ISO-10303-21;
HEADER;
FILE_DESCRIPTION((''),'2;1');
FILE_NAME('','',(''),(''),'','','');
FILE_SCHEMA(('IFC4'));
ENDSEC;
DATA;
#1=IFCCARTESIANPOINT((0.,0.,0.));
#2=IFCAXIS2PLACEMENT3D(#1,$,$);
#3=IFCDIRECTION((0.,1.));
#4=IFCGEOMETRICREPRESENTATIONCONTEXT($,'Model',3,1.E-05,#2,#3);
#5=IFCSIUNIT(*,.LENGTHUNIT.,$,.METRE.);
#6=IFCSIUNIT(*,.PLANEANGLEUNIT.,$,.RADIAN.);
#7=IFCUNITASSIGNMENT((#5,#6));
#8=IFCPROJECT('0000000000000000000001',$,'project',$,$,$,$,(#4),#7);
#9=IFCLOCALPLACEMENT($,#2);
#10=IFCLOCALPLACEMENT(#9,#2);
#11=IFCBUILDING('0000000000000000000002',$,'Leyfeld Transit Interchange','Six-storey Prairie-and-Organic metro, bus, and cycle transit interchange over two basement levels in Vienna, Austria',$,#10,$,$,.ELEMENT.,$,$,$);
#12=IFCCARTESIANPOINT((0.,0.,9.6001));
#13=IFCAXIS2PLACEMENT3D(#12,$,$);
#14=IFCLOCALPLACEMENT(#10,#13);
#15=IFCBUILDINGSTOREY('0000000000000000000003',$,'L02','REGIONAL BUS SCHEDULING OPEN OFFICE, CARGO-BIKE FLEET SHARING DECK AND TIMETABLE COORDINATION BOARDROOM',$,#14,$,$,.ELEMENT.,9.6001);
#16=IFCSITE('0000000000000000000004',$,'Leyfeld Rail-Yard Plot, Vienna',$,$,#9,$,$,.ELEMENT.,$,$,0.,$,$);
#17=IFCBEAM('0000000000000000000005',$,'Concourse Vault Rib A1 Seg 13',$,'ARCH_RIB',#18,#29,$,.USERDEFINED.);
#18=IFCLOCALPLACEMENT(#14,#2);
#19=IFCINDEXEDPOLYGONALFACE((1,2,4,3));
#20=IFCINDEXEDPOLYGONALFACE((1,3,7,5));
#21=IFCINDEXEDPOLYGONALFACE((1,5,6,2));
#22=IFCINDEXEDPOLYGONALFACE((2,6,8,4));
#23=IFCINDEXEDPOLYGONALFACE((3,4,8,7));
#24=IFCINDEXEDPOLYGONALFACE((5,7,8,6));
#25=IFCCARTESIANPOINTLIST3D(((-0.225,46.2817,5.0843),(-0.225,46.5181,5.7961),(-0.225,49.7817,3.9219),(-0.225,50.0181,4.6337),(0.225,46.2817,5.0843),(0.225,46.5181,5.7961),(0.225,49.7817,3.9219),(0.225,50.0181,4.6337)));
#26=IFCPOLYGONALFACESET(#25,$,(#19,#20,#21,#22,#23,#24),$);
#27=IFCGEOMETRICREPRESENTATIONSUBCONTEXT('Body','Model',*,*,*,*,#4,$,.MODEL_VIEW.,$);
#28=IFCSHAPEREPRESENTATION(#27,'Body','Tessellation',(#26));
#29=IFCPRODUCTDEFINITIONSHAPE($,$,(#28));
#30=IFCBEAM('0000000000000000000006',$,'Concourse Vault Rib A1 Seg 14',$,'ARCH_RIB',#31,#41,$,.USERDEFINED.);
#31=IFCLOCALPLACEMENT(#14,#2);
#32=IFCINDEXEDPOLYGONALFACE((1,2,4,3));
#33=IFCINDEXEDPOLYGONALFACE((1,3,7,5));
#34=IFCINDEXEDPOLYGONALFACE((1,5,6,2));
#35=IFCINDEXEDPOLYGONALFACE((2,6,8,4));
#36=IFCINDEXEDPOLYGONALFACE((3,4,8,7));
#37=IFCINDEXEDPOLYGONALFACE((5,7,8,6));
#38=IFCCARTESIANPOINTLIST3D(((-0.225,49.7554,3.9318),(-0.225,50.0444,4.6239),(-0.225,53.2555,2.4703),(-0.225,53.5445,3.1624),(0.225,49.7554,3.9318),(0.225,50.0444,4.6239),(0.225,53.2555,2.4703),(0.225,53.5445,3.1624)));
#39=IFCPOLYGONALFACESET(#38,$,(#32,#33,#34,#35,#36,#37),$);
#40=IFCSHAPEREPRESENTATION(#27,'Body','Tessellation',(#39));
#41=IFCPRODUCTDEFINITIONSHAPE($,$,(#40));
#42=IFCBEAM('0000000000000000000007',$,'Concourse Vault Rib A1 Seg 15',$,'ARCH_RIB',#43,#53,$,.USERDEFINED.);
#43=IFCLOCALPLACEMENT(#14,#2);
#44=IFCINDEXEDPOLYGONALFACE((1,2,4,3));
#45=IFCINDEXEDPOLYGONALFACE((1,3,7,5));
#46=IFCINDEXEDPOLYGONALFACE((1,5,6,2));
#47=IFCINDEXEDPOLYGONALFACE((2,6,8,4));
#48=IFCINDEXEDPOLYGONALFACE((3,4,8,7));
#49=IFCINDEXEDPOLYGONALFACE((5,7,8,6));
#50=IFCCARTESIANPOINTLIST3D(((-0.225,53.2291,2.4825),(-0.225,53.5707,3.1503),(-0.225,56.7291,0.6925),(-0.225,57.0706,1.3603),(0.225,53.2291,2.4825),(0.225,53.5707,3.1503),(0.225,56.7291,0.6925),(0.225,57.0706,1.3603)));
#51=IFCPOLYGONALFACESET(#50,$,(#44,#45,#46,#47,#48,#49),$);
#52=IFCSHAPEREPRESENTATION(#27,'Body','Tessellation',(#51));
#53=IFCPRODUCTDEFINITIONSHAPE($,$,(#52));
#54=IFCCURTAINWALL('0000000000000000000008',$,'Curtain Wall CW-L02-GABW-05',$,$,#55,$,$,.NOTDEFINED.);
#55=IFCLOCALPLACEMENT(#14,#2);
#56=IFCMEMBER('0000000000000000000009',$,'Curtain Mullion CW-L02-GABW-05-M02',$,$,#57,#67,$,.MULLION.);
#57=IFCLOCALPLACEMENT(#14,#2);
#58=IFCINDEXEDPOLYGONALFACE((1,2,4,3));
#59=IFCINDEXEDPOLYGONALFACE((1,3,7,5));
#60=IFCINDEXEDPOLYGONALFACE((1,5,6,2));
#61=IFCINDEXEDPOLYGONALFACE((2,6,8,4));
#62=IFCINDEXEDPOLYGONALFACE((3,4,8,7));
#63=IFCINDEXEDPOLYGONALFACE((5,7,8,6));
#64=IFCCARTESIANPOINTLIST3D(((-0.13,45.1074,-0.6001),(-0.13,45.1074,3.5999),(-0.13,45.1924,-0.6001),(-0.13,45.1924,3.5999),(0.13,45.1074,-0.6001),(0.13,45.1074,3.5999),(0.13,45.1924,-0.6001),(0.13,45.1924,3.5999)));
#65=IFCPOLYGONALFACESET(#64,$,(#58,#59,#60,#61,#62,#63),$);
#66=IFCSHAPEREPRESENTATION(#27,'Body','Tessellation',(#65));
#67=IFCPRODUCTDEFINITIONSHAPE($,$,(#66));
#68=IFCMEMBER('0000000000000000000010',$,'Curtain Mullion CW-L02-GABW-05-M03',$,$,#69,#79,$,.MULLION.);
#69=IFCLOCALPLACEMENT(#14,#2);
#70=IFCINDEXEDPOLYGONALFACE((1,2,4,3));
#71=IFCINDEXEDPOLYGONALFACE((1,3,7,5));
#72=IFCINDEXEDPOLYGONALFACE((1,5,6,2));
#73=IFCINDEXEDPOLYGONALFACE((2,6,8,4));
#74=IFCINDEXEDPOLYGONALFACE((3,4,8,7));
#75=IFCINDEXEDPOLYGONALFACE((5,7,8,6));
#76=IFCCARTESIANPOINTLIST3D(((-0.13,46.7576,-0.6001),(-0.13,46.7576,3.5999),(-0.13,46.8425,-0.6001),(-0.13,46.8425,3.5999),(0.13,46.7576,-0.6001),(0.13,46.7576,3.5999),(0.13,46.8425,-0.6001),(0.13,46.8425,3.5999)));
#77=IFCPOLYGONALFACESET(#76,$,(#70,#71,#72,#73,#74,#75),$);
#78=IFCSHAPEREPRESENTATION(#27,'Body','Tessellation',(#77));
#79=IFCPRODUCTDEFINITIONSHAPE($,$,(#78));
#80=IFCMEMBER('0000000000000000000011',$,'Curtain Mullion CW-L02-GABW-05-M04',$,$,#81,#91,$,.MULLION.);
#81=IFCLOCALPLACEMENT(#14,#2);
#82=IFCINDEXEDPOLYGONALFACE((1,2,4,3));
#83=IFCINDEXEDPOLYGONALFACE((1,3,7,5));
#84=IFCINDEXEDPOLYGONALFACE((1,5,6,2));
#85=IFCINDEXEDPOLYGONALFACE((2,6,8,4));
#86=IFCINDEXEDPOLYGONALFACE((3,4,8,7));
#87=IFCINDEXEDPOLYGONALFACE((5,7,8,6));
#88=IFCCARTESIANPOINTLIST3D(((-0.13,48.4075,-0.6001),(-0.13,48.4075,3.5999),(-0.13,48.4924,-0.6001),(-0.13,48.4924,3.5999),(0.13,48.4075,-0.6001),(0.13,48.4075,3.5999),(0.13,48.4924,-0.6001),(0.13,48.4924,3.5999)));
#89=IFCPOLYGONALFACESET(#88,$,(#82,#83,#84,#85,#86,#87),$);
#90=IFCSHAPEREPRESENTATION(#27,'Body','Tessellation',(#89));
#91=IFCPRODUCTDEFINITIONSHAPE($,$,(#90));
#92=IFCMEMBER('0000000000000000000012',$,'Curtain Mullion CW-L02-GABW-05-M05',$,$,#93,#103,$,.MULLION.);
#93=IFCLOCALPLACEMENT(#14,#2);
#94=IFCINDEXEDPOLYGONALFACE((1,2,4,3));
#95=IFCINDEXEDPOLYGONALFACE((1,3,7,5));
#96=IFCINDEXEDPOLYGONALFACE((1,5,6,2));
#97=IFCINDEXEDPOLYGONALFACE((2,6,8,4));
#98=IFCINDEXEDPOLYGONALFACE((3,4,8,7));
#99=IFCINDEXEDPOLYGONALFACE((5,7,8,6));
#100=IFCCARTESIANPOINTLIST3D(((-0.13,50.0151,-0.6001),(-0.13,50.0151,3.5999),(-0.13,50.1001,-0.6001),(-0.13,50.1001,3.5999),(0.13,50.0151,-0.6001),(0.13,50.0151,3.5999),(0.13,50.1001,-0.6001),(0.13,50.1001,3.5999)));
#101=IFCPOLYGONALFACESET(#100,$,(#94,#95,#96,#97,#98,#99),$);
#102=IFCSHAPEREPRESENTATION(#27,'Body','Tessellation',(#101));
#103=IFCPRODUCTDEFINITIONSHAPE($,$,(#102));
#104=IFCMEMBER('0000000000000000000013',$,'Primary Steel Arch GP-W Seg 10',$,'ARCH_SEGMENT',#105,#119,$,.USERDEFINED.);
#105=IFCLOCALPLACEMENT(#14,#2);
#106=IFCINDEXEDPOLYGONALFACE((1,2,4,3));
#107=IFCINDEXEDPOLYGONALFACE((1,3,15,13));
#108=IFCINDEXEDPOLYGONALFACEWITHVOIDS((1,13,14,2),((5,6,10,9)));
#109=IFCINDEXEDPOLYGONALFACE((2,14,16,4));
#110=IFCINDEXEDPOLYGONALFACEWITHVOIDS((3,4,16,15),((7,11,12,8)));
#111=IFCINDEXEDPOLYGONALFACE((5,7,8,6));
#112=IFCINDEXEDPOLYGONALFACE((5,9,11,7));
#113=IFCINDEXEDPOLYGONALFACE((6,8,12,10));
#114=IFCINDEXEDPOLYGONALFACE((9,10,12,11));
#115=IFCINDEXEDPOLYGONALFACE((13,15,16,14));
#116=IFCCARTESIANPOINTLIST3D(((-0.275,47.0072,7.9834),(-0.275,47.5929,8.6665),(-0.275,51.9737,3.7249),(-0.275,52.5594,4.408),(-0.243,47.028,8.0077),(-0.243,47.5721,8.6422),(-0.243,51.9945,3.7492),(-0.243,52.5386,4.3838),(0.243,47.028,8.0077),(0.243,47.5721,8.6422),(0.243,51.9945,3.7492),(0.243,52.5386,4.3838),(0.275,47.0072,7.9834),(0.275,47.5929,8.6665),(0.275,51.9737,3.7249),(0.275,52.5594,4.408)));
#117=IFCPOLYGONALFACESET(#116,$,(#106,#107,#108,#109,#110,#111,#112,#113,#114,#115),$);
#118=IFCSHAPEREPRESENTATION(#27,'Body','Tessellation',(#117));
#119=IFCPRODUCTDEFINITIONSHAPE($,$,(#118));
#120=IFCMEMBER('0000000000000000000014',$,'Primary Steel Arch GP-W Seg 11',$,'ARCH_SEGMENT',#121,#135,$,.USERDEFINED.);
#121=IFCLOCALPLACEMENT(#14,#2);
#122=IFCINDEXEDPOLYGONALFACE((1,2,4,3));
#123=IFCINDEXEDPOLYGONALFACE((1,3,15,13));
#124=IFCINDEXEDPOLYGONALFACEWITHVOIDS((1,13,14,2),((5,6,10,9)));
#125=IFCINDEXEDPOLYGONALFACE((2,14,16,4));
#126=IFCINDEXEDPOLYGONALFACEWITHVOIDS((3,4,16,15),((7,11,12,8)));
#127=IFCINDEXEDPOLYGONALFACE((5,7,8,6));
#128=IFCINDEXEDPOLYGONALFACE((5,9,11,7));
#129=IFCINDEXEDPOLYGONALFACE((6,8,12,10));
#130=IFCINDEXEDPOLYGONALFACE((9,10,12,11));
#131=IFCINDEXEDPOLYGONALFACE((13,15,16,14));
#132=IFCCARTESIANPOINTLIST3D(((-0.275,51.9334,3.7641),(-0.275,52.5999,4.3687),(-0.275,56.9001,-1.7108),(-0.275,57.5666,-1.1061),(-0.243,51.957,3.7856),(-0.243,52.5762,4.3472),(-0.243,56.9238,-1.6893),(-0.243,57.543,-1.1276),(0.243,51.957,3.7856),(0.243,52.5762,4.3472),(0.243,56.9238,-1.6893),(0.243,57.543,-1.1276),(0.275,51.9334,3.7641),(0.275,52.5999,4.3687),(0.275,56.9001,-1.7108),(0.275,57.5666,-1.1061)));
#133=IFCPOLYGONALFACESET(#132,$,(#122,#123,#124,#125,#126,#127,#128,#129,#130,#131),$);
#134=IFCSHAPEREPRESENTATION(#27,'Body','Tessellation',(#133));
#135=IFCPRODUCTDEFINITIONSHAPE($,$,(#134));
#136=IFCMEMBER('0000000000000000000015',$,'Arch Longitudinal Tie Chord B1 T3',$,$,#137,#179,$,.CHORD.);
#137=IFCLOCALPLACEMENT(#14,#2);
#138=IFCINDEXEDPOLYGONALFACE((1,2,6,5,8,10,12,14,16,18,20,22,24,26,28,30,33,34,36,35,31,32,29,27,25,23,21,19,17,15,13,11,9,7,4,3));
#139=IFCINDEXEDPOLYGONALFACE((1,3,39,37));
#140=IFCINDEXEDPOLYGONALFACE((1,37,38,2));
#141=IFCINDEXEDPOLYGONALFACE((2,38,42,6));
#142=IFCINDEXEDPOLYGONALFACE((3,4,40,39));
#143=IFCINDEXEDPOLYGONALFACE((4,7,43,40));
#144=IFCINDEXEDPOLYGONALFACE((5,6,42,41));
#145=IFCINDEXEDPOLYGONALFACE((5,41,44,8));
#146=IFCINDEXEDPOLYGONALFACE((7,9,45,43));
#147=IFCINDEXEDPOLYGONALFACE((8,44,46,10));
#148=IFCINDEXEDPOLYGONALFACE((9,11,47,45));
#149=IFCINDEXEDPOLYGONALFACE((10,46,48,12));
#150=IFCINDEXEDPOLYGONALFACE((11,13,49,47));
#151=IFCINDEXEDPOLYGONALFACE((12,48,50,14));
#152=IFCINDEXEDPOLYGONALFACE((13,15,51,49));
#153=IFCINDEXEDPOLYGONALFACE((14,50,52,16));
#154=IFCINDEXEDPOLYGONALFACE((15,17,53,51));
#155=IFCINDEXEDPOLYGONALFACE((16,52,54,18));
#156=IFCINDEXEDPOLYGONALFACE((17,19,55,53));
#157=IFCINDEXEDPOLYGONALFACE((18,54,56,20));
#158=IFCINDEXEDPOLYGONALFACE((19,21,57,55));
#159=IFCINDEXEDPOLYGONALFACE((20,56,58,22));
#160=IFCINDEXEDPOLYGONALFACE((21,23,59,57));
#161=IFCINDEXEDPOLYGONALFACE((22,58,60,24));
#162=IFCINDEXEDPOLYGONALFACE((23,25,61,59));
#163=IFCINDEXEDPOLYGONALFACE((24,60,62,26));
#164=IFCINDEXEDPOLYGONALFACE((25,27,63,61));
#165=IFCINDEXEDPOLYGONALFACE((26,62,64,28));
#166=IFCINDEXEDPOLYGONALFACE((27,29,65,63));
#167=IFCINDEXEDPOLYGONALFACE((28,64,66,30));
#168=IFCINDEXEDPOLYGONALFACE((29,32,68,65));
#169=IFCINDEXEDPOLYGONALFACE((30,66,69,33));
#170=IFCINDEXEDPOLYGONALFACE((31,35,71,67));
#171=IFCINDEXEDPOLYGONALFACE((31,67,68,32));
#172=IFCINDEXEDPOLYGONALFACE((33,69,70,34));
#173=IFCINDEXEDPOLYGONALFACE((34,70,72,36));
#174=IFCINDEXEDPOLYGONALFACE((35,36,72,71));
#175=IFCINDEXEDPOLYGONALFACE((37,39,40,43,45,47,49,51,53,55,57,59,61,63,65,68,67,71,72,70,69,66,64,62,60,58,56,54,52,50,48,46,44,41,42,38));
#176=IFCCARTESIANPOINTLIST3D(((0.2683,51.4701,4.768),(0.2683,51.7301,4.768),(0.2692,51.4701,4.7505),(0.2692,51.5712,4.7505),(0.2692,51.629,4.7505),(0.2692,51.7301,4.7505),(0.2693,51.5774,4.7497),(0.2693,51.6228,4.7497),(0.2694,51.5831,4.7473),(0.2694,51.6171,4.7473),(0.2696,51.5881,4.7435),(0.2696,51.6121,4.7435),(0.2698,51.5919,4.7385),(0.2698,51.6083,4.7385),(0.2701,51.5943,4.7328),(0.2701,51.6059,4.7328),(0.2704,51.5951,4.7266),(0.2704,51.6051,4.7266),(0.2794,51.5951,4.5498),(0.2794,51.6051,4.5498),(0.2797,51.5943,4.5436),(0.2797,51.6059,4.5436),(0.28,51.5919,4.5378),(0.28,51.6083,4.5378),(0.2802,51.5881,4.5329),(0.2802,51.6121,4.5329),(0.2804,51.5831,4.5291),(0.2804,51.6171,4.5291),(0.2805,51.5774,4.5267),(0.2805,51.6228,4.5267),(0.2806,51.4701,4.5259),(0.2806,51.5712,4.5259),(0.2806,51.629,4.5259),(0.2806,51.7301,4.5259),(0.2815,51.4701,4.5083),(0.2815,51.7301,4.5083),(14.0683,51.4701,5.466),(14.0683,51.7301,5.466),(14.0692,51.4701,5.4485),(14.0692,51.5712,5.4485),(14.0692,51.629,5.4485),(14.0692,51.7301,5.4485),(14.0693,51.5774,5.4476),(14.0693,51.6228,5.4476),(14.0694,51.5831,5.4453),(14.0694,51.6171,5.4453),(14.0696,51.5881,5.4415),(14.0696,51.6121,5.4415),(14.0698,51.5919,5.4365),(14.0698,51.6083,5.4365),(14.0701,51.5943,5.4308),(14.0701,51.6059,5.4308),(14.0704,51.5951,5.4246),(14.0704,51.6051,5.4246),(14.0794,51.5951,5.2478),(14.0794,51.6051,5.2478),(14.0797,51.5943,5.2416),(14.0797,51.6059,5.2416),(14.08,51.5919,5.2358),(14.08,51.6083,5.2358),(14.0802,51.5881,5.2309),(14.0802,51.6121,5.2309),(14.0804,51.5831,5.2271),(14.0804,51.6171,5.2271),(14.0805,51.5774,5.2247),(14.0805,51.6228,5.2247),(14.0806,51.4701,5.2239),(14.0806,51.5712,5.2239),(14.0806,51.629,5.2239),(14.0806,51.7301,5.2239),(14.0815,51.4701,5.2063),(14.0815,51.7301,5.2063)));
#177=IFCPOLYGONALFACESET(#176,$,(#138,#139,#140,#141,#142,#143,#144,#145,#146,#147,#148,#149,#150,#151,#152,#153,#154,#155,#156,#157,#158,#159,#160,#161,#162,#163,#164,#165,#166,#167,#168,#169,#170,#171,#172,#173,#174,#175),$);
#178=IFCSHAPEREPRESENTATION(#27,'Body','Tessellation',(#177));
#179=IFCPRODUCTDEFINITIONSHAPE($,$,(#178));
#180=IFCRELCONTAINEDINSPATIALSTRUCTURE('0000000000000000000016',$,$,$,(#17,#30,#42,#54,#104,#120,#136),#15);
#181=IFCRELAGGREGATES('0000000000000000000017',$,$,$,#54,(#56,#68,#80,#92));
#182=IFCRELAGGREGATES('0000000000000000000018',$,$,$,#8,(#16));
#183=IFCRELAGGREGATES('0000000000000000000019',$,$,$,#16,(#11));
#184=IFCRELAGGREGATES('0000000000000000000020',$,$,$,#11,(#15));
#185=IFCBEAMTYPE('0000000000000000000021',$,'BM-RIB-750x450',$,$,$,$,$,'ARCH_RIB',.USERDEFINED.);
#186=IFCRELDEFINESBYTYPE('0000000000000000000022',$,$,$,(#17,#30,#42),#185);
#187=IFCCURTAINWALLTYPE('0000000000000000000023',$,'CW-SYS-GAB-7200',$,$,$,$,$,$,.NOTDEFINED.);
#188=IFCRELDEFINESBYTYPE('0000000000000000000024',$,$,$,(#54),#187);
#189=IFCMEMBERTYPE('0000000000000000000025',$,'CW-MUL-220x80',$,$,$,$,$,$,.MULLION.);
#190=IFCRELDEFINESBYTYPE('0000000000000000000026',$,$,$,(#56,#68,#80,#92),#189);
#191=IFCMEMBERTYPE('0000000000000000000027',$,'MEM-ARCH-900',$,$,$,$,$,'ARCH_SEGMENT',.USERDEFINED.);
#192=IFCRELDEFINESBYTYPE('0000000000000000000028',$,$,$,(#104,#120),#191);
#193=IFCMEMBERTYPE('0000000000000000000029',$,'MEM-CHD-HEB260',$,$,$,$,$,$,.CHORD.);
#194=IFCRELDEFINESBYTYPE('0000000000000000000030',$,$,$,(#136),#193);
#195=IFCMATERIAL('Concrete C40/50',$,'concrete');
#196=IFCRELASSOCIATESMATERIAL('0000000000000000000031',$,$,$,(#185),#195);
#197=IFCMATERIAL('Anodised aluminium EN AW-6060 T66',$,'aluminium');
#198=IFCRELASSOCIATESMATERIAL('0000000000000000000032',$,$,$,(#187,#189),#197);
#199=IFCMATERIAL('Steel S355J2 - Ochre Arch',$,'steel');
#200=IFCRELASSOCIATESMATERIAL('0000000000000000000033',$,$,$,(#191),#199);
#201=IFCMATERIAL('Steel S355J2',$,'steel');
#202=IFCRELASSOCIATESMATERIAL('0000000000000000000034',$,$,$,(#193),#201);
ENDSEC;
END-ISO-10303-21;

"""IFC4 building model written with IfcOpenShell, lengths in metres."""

from ifc_helpers import new_model, si_unit, direction, frame, origin, origin_2d, place, context, subcontext, project, spatial, rectangle, hollow_rectangle, i_section, extrude, material, material_profile, profile_set, type_object, element, aggregate, save


model = new_model("IFC4")

# Units and contexts
model_context = context("Model", 3, precision=1e-05, world=origin(), true_north=direction((0.0, 1.0)))
body_context = subcontext(model_context, "Body", "Model", "MODEL_VIEW")
ifc_project = project(units=[si_unit("LENGTHUNIT", "METRE"), si_unit("PLANEANGLEUNIT", "RADIAN")], contexts=[model_context])

# Site, building, storey
site_placement = place(None, origin())
site = spatial("IfcSite", under=ifc_project, at=site_placement, Name="Leyfeld Rail-Yard Plot, Vienna", CompositionType="ELEMENT", RefElevation=0.0)
building_placement = place(site_placement, origin())
building = spatial("IfcBuilding", under=site, at=building_placement, Name="Leyfeld Transit Interchange", Description="Six-storey Prairie-and-Organic metro, bus, and cycle transit interchange over two basement levels in Vienna, Austria", CompositionType="ELEMENT")
storey_placement = place(building_placement, frame((0.0, 0.0, 9.6001)))
storey = spatial("IfcBuildingStorey", under=building, at=storey_placement, Name="L02", Description="REGIONAL BUS SCHEDULING OPEN OFFICE, CARGO-BIKE FLEET SHARING DECK AND TIMETABLE COORDINATION BOARDROOM", CompositionType="ELEMENT", Elevation=9.6001)

# Beams
ifc_material_1 = material(Name="Concrete C40/50", Category="concrete")
ifc_material_profile_1 = material_profile(ifc_material_1, rectangle(XDim=0.45, YDim=0.75, at=origin_2d()), Name="RC 750x450 RIB")
ifc_profile_set_1 = profile_set([ifc_material_profile_1], Name="Concrete C40/50")
beam_type = type_object("IfcBeamType", Name="BM-RIB-750x450", ElementType="ARCH_RIB", PredefinedType="USERDEFINED", material=ifc_profile_set_1)
beam_1_placement = place(storey_placement, frame((0.0, 46.3999, 5.4402), z_axis=(0.0, 0.949034, -0.315175), x_axis=(-1.0, 0.0, 0.0)))
element("IfcBeam", 1, at=beam_1_placement, inside=storey, type_object=beam_type, Name="Concourse Vault Rib A1 Seg 13", ObjectType="ARCH_RIB", PredefinedType="USERDEFINED", context=body_context, shape_type="SweptSolid", body=[
    extrude(rectangle(XDim=0.45, YDim=0.75, at=origin_2d()), origin(), (0.0, 0.0, 1.0), 3.688),
])
beam_2_placement = place(storey_placement, frame((0.0, 49.8999, 4.2778), z_axis=(0.0, 0.922787, -0.38531), x_axis=(-1.0, 0.0, 0.0)))
element("IfcBeam", 2, at=beam_2_placement, inside=storey, type_object=beam_type, Name="Concourse Vault Rib A1 Seg 14", ObjectType="ARCH_RIB", PredefinedType="USERDEFINED", context=body_context, shape_type="SweptSolid", body=[
    extrude(rectangle(XDim=0.45, YDim=0.75, at=origin_2d()), origin(), (0.0, 0.0, 1.0), 3.793),
])
beam_3_placement = place(storey_placement, frame((0.0, 53.3999, 2.8164), z_axis=(0.0, 0.890316, -0.455343), x_axis=(-1.0, 0.0, 0.0)))
element("IfcBeam", 3, at=beam_3_placement, inside=storey, type_object=beam_type, Name="Concourse Vault Rib A1 Seg 15", ObjectType="ARCH_RIB", PredefinedType="USERDEFINED", context=body_context, shape_type="SweptSolid", body=[
    extrude(rectangle(XDim=0.45, YDim=0.75, at=origin_2d()), origin(), (0.0, 0.0, 1.0), 3.9312),
])

# Curtain wall, members
ifc_material_2 = material(Name="Anodised aluminium EN AW-6060 T66", Category="aluminium")
curtain_wall_type = type_object("IfcCurtainWallType", Name="CW-SYS-GAB-7200", PredefinedType="NOTDEFINED", material=ifc_material_2)
curtain_wall_placement = place(storey_placement, origin())
curtain_wall = element("IfcCurtainWall", 4, at=curtain_wall_placement, inside=storey, type_object=curtain_wall_type, Name="Curtain Wall CW-L02-GABW-05", PredefinedType="NOTDEFINED")
ifc_material_profile_2 = material_profile(ifc_material_2, rectangle(XDim=0.085, YDim=0.26, at=origin_2d()), Name="CW-M 85x260")
ifc_profile_set_2 = profile_set([ifc_material_profile_2], Name="Anodised aluminium EN AW-6060 T66")
member_type_1 = type_object("IfcMemberType", Name="CW-MUL-220x80", PredefinedType="MULLION", material=ifc_profile_set_2)
member_1_placement = place(storey_placement, frame((0.0, 45.1499, -0.6001), z_axis=(0.0, 0.0, 1.0), x_axis=(0.0, 1.0, 0.0)))
member_1 = element("IfcMember", 5, at=member_1_placement, type_object=member_type_1, Name="Curtain Mullion CW-L02-GABW-05-M02", PredefinedType="MULLION", context=body_context, shape_type="SweptSolid", body=[
    extrude(rectangle(XDim=0.085, YDim=0.26, at=origin_2d()), origin(), (0.0, 0.0, 1.0), 4.2),
])
member_2_placement = place(storey_placement, frame((0.0, 46.8, -0.6001), z_axis=(0.0, 0.0, 1.0), x_axis=(0.0, 1.0, 0.0)))
member_2 = element("IfcMember", 6, at=member_2_placement, type_object=member_type_1, Name="Curtain Mullion CW-L02-GABW-05-M03", PredefinedType="MULLION", context=body_context, shape_type="SweptSolid", body=[
    extrude(rectangle(XDim=0.085, YDim=0.26, at=origin_2d()), origin(), (0.0, 0.0, 1.0), 4.2),
])
member_3_placement = place(storey_placement, frame((0.0, 48.45, -0.6001), z_axis=(0.0, 0.0, 1.0), x_axis=(0.0, 1.0, 0.0)))
member_3 = element("IfcMember", 7, at=member_3_placement, type_object=member_type_1, Name="Curtain Mullion CW-L02-GABW-05-M04", PredefinedType="MULLION", context=body_context, shape_type="SweptSolid", body=[
    extrude(rectangle(XDim=0.085, YDim=0.26, at=origin_2d()), origin(), (0.0, 0.0, 1.0), 4.2),
])
member_4_placement = place(storey_placement, frame((0.0, 50.0576, -0.6001), z_axis=(0.0, 0.0, 1.0), x_axis=(0.0, 1.0, 0.0)))
member_4 = element("IfcMember", 8, at=member_4_placement, type_object=member_type_1, Name="Curtain Mullion CW-L02-GABW-05-M05", PredefinedType="MULLION", context=body_context, shape_type="SweptSolid", body=[
    extrude(rectangle(XDim=0.085, YDim=0.26, at=origin_2d()), origin(), (0.0, 0.0, 1.0), 4.2),
])

# Members
ifc_material_3 = material(Name="Steel S355J2 - Ochre Arch", Category="steel")
ifc_material_profile_3 = material_profile(ifc_material_3, hollow_rectangle(XDim=0.55, YDim=0.8999, WallThickness=0.032, at=origin_2d()), Name="RHS 900x550x32")
ifc_profile_set_3 = profile_set([ifc_material_profile_3], Name="Steel S355J2 - Ochre Arch")
member_type_2 = type_object("IfcMemberType", Name="MEM-ARCH-900", ElementType="ARCH_SEGMENT", PredefinedType="USERDEFINED", material=ifc_profile_set_3)
member_5_placement = place(storey_placement, frame((0.0, 47.3, 8.325), z_axis=(0.0, 0.759143, -0.650924), x_axis=(-1.0, 0.0, 0.0)))
element("IfcMember", 9, at=member_5_placement, inside=storey, type_object=member_type_2, Name="Primary Steel Arch GP-W Seg 10", ObjectType="ARCH_SEGMENT", PredefinedType="USERDEFINED", context=body_context, shape_type="SweptSolid", body=[
    extrude(hollow_rectangle(XDim=0.55, YDim=0.8999, WallThickness=0.032, at=origin_2d()), origin(), (0.0, 0.0, 1.0), 6.5422),
])
member_6_placement = place(storey_placement, frame((0.0, 52.2666, 4.0664), z_axis=(0.0, 0.671906, -0.740636), x_axis=(-1.0, 0.0, 0.0)))
element("IfcMember", 10, at=member_6_placement, inside=storey, type_object=member_type_2, Name="Primary Steel Arch GP-W Seg 11", ObjectType="ARCH_SEGMENT", PredefinedType="USERDEFINED", context=body_context, shape_type="SweptSolid", body=[
    extrude(hollow_rectangle(XDim=0.55, YDim=0.8999, WallThickness=0.032, at=origin_2d()), origin(), (0.0, 0.0, 1.0), 7.3921),
])
ifc_material_4 = material(Name="Steel S355J2", Category="steel")
ifc_material_profile_4 = material_profile(ifc_material_4, i_section(OverallWidth=0.26, OverallDepth=0.26, WebThickness=0.01, FlangeThickness=0.0176, FilletRadius=0.0239, at=origin_2d()), Name="HEB 260")
ifc_profile_set_4 = profile_set([ifc_material_profile_4], Name="Steel S355J2")
member_type_3 = type_object("IfcMemberType", Name="MEM-CHD-HEB260", PredefinedType="CHORD", material=ifc_profile_set_4)
member_7_placement = place(storey_placement, frame((0.2749, 51.6001, 4.6382), z_axis=(0.998723, 0.0, 0.050515), x_axis=(0.0, 1.0, 0.0)))
element("IfcMember", 11, at=member_7_placement, inside=storey, type_object=member_type_3, Name="Arch Longitudinal Tie Chord B1 T3", PredefinedType="CHORD", context=body_context, shape_type="SweptSolid", body=[
    extrude(i_section(OverallWidth=0.26, OverallDepth=0.26, WebThickness=0.01, FlangeThickness=0.0176, FilletRadius=0.0239, at=origin_2d()), origin(), (0.0, 0.0, 1.0), 13.8176),
])

aggregate(curtain_wall, [member_1, member_2, member_3, member_4])

save(model, "model.ifc")
